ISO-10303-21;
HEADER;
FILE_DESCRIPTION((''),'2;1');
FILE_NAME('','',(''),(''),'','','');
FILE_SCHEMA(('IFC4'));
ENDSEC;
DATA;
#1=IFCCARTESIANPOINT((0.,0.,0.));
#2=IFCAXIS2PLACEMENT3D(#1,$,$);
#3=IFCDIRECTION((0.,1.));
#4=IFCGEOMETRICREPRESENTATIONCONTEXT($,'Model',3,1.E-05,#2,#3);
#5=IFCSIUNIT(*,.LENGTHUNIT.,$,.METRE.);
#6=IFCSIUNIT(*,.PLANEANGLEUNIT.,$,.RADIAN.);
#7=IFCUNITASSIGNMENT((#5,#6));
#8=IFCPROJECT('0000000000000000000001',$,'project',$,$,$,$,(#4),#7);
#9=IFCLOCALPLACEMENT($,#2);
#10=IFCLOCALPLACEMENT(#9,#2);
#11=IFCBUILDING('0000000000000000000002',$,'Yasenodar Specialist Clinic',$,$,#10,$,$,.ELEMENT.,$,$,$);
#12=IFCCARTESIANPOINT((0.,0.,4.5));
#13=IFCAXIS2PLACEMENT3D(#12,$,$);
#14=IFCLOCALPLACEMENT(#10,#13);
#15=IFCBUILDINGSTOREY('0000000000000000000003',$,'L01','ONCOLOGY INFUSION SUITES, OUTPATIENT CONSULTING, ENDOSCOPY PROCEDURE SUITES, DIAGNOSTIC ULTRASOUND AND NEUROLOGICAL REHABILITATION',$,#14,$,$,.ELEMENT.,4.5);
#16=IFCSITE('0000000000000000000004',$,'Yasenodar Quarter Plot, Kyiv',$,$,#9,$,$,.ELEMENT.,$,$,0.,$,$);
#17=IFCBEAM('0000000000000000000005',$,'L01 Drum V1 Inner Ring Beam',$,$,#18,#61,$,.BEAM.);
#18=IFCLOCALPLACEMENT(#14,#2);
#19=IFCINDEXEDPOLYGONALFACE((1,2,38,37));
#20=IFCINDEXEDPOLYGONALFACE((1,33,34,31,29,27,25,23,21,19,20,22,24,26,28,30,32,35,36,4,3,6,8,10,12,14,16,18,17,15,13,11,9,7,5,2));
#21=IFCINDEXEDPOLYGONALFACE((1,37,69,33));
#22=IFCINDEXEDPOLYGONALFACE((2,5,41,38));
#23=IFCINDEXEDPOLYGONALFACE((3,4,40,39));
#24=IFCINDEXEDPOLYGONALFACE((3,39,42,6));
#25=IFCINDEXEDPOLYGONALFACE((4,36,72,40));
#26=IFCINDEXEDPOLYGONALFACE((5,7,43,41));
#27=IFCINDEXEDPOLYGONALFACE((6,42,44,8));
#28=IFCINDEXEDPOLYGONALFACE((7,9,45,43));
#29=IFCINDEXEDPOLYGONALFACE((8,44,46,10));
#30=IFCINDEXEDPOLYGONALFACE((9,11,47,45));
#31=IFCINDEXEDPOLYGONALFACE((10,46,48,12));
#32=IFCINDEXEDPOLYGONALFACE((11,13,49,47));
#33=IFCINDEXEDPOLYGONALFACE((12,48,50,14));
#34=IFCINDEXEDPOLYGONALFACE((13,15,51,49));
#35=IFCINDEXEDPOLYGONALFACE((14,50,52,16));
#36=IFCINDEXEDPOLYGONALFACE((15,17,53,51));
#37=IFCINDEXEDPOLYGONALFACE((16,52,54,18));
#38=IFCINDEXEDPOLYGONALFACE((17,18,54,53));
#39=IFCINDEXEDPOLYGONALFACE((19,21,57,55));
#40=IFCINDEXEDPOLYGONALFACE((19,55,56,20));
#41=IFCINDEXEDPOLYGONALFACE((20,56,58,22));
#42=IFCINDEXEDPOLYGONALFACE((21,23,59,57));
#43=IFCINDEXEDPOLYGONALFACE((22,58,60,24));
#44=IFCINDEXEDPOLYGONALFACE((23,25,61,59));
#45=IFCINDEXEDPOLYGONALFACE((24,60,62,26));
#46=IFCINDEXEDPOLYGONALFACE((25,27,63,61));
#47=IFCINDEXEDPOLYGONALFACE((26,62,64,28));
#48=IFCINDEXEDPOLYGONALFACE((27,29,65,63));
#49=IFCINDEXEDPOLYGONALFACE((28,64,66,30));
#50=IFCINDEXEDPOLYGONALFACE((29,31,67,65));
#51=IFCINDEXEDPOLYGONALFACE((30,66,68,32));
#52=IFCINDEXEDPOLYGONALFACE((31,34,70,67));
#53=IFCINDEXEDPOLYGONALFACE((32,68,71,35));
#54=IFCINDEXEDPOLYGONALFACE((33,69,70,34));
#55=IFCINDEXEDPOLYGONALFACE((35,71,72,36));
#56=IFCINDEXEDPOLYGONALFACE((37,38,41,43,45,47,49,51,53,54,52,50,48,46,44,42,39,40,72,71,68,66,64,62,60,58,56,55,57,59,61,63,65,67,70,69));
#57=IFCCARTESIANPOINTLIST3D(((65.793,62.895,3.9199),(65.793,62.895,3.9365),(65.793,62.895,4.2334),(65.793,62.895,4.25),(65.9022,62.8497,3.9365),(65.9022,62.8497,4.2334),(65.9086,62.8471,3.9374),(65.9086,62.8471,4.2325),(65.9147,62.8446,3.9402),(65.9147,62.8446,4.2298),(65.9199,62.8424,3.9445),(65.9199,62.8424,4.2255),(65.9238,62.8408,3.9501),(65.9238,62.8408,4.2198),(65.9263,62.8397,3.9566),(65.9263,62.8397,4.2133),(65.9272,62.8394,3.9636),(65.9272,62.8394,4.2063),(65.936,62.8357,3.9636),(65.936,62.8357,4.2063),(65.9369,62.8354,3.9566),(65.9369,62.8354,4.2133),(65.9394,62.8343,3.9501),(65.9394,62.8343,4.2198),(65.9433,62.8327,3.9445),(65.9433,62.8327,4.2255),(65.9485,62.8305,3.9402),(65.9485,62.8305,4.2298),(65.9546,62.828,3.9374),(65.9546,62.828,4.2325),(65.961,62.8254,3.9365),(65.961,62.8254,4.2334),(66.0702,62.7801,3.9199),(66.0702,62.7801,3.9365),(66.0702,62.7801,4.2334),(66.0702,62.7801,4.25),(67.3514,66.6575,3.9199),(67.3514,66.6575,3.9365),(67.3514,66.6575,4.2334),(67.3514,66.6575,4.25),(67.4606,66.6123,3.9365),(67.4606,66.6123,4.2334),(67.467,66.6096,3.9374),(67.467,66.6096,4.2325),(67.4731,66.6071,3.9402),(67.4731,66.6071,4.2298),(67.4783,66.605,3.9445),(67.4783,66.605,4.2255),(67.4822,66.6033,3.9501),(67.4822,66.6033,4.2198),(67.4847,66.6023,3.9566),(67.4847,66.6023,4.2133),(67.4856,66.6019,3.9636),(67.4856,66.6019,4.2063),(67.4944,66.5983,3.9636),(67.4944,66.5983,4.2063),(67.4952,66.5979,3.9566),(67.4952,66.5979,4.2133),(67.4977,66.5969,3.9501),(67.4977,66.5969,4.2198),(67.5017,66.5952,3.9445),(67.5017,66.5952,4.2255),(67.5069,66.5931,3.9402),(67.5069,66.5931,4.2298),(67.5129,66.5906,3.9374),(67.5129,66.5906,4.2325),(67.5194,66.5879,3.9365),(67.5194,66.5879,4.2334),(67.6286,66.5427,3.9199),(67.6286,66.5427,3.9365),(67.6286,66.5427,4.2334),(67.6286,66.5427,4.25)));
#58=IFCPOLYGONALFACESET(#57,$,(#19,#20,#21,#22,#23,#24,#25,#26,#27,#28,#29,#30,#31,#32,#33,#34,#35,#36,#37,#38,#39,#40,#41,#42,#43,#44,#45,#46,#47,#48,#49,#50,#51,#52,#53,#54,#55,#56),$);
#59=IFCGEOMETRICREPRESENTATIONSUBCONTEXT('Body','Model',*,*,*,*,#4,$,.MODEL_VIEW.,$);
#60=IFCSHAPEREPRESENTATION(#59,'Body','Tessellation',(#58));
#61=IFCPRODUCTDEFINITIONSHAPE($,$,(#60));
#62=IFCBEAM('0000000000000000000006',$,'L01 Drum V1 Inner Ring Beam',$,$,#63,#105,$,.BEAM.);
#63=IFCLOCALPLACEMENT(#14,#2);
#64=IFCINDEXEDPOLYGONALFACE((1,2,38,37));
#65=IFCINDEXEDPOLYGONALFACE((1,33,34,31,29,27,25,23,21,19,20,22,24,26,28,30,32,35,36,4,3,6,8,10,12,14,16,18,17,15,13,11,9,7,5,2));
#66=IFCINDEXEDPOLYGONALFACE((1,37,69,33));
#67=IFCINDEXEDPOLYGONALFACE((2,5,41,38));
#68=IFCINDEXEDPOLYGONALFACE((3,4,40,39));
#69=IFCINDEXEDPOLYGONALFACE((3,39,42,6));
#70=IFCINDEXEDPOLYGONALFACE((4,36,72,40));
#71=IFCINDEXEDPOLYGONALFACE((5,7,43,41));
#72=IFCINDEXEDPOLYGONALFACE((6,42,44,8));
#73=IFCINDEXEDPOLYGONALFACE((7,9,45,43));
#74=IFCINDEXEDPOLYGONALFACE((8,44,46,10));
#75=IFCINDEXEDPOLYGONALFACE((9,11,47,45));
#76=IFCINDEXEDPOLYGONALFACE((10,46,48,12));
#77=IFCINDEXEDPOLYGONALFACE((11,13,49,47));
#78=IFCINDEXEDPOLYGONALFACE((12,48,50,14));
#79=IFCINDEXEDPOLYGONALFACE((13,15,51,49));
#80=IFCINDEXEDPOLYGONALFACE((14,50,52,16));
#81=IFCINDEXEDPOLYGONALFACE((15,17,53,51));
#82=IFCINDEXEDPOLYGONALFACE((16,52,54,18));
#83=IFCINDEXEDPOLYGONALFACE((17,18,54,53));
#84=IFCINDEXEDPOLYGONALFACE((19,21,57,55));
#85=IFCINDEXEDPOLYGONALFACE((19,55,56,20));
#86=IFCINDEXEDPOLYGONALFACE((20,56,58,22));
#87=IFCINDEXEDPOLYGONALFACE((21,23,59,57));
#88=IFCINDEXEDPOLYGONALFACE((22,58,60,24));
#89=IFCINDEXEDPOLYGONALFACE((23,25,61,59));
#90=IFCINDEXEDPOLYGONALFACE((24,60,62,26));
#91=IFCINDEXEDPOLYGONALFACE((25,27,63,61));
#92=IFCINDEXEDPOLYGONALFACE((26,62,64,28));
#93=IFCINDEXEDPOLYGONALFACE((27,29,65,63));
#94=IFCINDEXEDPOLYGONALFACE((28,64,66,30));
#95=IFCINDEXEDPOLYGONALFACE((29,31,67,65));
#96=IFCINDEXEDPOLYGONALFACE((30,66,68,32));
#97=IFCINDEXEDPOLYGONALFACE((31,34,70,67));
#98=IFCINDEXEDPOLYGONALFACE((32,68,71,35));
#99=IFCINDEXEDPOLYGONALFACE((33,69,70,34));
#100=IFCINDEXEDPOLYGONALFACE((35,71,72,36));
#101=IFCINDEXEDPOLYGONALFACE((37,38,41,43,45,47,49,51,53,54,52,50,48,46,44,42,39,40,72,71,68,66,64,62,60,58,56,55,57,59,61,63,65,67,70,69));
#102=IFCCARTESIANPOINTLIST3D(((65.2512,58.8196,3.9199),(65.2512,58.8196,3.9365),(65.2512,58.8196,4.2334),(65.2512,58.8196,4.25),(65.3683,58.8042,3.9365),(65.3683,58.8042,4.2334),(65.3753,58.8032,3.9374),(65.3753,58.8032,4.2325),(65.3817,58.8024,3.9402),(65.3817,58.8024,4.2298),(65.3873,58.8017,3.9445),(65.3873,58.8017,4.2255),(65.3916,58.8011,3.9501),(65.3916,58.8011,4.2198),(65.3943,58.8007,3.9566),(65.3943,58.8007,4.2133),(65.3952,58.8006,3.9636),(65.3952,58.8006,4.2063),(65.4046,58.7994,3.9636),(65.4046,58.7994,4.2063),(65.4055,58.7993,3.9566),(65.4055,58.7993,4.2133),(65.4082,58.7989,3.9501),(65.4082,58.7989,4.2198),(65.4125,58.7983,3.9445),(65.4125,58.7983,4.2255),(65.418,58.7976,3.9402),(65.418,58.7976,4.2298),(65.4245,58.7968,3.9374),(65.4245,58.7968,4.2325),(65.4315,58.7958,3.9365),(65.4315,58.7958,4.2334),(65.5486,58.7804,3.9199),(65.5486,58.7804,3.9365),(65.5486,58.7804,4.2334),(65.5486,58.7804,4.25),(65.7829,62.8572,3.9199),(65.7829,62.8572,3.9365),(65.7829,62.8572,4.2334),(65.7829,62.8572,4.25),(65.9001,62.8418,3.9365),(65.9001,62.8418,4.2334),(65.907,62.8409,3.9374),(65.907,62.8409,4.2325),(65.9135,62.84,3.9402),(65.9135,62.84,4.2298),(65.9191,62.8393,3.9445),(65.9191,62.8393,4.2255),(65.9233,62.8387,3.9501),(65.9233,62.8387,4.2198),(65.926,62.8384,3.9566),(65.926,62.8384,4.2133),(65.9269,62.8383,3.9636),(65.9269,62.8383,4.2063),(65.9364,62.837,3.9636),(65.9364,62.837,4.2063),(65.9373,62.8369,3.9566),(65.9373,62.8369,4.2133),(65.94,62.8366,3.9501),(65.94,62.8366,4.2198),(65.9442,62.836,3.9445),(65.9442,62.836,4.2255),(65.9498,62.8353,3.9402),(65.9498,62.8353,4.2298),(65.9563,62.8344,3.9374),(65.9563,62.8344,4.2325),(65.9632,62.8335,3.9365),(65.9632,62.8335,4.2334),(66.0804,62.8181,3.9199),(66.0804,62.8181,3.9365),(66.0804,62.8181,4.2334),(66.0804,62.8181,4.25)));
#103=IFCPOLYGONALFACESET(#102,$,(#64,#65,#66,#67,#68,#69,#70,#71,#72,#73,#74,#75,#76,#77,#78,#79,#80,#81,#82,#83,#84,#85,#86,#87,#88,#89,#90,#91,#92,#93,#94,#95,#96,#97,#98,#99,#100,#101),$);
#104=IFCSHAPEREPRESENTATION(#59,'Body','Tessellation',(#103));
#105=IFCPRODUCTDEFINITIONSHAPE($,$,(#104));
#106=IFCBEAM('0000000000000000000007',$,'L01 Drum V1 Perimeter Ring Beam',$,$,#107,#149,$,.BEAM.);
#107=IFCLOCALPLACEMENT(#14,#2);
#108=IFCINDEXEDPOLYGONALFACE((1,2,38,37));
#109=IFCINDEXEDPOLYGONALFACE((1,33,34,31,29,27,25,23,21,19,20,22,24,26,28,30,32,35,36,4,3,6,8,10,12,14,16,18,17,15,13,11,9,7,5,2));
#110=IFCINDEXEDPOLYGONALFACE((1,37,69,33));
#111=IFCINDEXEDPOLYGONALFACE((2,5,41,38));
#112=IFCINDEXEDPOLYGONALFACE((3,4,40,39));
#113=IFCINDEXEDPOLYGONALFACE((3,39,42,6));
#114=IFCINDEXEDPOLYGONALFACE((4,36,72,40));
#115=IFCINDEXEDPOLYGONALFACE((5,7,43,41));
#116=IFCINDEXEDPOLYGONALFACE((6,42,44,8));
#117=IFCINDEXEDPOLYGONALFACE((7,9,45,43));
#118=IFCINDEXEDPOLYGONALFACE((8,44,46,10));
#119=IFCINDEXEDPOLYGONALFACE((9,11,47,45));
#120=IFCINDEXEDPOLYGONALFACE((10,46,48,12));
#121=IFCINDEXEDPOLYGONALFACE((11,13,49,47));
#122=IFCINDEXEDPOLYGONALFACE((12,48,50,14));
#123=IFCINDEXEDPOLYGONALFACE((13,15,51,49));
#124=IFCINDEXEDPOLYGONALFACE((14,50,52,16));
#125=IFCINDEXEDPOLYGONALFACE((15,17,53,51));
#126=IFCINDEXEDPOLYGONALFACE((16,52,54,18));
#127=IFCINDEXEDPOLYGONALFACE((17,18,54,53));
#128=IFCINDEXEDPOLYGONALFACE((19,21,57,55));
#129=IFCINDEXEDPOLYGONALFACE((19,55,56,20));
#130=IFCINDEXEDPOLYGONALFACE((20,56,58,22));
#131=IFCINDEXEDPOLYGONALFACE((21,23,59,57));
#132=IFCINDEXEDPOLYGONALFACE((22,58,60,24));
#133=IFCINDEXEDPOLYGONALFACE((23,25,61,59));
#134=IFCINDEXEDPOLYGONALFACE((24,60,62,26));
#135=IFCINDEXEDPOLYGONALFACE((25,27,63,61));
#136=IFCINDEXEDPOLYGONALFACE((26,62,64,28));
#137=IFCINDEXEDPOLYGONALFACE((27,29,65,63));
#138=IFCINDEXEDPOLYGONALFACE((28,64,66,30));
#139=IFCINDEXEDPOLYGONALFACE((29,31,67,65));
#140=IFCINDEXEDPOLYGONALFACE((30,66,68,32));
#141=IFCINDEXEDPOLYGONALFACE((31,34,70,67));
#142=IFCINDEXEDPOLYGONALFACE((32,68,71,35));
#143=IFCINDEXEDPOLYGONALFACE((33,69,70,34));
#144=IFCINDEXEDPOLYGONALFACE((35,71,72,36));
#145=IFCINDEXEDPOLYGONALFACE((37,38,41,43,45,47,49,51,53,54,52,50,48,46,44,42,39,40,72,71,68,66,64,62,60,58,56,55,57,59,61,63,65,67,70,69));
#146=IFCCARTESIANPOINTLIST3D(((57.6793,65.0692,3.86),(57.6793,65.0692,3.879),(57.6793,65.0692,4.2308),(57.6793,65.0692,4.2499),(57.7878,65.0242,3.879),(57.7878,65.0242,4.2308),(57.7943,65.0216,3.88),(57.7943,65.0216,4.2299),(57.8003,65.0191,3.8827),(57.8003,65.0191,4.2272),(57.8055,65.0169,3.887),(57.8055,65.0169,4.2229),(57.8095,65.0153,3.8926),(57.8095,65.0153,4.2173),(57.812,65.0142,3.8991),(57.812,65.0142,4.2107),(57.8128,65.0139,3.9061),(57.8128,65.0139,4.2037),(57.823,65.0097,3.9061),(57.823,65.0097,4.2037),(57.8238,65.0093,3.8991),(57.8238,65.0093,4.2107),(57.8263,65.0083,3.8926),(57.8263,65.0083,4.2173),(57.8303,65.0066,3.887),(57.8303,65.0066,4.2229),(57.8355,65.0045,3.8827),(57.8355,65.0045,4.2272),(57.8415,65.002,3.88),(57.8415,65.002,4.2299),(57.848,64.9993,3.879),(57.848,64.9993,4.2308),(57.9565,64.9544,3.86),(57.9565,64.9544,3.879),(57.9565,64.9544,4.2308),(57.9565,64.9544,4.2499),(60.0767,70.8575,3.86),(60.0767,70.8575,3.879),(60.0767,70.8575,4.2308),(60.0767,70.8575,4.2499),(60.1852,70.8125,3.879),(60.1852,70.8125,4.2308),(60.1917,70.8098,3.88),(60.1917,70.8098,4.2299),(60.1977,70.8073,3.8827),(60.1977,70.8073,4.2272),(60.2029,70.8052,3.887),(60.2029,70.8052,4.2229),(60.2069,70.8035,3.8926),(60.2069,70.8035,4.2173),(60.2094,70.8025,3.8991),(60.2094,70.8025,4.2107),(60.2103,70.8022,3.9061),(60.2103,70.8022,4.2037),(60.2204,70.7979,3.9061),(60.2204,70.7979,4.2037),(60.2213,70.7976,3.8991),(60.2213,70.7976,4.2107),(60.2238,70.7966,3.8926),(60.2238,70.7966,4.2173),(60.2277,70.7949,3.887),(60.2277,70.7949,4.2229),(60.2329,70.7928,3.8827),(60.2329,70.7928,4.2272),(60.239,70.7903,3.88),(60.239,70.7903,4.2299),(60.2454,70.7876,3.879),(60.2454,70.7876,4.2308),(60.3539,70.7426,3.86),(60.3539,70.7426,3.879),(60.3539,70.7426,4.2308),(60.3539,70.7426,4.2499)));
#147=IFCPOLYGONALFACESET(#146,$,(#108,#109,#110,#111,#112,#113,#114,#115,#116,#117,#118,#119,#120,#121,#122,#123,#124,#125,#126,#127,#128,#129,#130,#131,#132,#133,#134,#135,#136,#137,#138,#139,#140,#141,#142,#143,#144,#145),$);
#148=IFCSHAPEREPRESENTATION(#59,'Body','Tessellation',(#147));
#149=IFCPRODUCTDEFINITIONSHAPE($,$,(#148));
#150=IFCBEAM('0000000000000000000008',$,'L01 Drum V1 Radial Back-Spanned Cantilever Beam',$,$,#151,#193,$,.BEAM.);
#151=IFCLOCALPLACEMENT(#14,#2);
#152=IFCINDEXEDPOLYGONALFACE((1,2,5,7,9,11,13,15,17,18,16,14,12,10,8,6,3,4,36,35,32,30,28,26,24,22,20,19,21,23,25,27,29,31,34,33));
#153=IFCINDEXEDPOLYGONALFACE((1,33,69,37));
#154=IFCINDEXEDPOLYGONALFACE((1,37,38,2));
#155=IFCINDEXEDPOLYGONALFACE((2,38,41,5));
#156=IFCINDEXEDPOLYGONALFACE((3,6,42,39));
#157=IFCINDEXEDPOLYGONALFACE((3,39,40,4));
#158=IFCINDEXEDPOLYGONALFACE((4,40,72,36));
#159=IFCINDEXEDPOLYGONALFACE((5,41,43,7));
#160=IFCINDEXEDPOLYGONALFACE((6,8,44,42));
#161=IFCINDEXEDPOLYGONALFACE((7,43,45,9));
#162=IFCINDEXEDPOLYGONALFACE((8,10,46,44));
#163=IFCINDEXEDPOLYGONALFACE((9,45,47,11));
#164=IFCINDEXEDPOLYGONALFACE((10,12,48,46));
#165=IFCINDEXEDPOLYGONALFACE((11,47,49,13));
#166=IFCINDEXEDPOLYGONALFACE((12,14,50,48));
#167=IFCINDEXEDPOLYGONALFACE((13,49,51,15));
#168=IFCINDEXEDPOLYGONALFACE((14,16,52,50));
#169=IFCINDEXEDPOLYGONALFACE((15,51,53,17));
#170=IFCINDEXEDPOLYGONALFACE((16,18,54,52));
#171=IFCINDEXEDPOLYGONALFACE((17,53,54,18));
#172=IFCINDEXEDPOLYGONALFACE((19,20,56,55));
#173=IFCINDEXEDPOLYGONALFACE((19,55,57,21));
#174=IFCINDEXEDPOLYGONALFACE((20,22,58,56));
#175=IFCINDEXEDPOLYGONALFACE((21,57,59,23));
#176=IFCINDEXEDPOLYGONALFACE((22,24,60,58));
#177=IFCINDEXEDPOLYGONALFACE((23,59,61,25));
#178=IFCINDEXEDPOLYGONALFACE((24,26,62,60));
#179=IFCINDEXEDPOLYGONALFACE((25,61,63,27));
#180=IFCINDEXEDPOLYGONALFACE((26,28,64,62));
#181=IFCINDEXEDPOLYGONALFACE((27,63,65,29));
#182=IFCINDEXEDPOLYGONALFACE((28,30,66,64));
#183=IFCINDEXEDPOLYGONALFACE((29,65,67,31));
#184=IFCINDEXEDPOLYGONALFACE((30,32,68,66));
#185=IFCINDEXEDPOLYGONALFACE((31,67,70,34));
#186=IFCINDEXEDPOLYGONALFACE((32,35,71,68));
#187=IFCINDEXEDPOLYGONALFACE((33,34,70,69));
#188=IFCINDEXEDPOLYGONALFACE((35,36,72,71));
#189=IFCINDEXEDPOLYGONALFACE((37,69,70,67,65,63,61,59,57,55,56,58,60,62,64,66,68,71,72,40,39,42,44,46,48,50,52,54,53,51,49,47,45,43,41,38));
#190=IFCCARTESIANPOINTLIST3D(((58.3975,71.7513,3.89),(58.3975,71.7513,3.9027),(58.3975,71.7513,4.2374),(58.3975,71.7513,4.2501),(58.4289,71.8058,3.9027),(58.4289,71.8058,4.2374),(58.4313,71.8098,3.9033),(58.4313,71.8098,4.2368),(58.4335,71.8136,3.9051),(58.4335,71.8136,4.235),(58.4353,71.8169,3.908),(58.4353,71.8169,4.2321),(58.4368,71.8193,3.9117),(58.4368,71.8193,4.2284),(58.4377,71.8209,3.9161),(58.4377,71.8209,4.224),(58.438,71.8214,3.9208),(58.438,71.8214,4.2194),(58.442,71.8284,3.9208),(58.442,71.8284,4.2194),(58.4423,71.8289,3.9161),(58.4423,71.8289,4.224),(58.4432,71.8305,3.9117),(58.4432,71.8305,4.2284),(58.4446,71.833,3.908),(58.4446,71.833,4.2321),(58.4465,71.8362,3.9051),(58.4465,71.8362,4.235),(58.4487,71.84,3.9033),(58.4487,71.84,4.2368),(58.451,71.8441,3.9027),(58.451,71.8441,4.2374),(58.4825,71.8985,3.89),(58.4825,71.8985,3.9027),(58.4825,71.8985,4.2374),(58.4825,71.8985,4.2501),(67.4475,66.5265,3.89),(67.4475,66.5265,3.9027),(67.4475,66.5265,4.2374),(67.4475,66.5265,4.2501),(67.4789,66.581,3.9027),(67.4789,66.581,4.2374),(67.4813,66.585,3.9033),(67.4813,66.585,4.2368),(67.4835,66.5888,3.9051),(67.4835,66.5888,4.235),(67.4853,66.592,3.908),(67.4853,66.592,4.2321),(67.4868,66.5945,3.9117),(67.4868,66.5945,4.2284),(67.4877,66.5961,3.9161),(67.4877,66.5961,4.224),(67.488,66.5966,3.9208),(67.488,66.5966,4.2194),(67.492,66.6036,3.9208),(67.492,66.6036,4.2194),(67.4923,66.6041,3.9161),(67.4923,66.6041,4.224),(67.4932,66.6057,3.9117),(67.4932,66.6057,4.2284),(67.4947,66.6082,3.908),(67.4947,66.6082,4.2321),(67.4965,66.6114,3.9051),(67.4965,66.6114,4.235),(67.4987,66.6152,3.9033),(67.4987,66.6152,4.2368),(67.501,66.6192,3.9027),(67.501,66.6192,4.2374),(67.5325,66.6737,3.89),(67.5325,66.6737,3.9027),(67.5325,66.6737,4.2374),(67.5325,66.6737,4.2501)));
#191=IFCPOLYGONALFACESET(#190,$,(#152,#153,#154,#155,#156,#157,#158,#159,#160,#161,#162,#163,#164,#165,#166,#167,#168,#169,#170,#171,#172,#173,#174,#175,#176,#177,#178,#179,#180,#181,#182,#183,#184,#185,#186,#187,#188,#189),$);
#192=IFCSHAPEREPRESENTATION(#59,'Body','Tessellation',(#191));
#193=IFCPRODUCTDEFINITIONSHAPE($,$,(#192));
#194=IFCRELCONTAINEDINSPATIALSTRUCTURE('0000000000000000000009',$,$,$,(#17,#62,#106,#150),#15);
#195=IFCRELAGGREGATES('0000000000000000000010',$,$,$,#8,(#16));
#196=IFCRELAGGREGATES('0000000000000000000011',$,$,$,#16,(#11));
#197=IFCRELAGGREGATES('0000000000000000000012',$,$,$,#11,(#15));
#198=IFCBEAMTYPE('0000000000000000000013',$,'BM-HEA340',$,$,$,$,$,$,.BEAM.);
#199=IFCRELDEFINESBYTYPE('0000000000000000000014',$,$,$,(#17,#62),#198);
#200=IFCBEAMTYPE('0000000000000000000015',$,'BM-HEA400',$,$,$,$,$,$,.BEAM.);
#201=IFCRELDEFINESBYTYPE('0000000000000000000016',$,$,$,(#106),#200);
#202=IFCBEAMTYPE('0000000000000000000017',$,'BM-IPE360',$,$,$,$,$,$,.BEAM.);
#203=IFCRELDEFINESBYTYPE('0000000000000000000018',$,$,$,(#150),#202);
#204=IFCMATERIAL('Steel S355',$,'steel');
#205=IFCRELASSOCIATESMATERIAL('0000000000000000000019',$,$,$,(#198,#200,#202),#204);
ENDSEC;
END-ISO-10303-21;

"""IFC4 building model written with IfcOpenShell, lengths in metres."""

from ifc_helpers import new_model, si_unit, direction, frame, origin, origin_2d, place, context, subcontext, project, spatial, i_section, extrude, material, material_profile, profile_set, type_object, element, save


model = new_model("IFC4")

# Units and contexts
model_context = context("Model", 3, precision=1e-05, world=origin(), true_north=direction((0.0, 1.0)))
body_context = subcontext(model_context, "Body", "Model", "MODEL_VIEW")
ifc_project = project(units=[si_unit("LENGTHUNIT", "METRE"), si_unit("PLANEANGLEUNIT", "RADIAN")], contexts=[model_context])

# Site, building, storey
site_placement = place(None, origin())
site = spatial("IfcSite", under=ifc_project, at=site_placement, Name="Yasenodar Quarter Plot, Kyiv", CompositionType="ELEMENT", RefElevation=0.0)
building_placement = place(site_placement, origin())
building = spatial("IfcBuilding", under=site, at=building_placement, Name="Yasenodar Specialist Clinic", CompositionType="ELEMENT")
storey_placement = place(building_placement, frame((0.0, 0.0, 4.5)))
storey = spatial("IfcBuildingStorey", under=building, at=storey_placement, Name="L01", Description="ONCOLOGY INFUSION SUITES, OUTPATIENT CONSULTING, ENDOSCOPY PROCEDURE SUITES, DIAGNOSTIC ULTRASOUND AND NEUROLOGICAL REHABILITATION", CompositionType="ELEMENT", Elevation=4.5)

# Shared definitions
ifc_material_1 = material(Name="Steel S355", Category="steel")

# Beams
ifc_material_profile_1 = material_profile(ifc_material_1, i_section(OverallWidth=0.3, OverallDepth=0.3301, WebThickness=0.0095, FlangeThickness=0.0166, FilletRadius=0.0271, at=origin_2d()), Name="HEA 340")
ifc_profile_set_1 = profile_set([ifc_material_profile_1], Name="Steel S355")
beam_type_1 = type_object("IfcBeamType", Name="BM-HEA340", PredefinedType="BEAM", material=ifc_profile_set_1)
for number, where, z_axis, x_axis, name in (
    (1, (67.49, 66.6001, 4.085), (-0.382661, -0.923889, 0.0), (0.923889, -0.382661, 0.0), "L01 Drum V1 Inner Ring Beam"),
    (2, (65.9316, 62.8376, 4.085), (-0.130569, -0.991439, 0.0), (0.991439, -0.130569, 0.0), "L01 Drum V1 Inner Ring Beam"),
):
    element("IfcBeam", number, at=place(storey_placement, frame(where, z_axis=z_axis, x_axis=x_axis)), inside=storey, type_object=beam_type_1, Name=name, PredefinedType="BEAM", context=body_context, shape_type="SweptSolid", body=[
        extrude(i_section(OverallWidth=0.3, OverallDepth=0.3301, WebThickness=0.0095, FlangeThickness=0.0166, FilletRadius=0.0271, at=origin_2d()), origin(), (0.0, 0.0, 1.0), 4.0725),
    ])
ifc_material_profile_2 = material_profile(ifc_material_1, i_section(OverallWidth=0.3, OverallDepth=0.3899, WebThickness=0.011, FlangeThickness=0.019, FilletRadius=0.0271, at=origin_2d()), Name="HEA 400")
ifc_profile_set_2 = profile_set([ifc_material_profile_2], Name="Steel S355")
beam_type_2 = type_object("IfcBeamType", Name="BM-HEA400", PredefinedType="BEAM", material=ifc_profile_set_2)
beam_1_placement = place(storey_placement, frame((60.2153, 70.8, 4.0549), z_axis=(-0.382664, -0.923888, 0.0), x_axis=(0.923888, -0.382664, 0.0)))
element("IfcBeam", 3, at=beam_1_placement, inside=storey, type_object=beam_type_2, Name="L01 Drum V1 Perimeter Ring Beam", PredefinedType="BEAM", context=body_context, shape_type="SweptSolid", body=[
    extrude(i_section(OverallWidth=0.3, OverallDepth=0.3899, WebThickness=0.011, FlangeThickness=0.019, FilletRadius=0.0271, at=origin_2d()), origin(), (0.0, 0.0, 1.0), 6.2651),
])
ifc_material_profile_3 = material_profile(ifc_material_1, i_section(OverallWidth=0.1699, OverallDepth=0.3601, WebThickness=0.0081, FlangeThickness=0.0127, FilletRadius=0.0181, at=origin_2d()), Name="IPE 360")
ifc_profile_set_3 = profile_set([ifc_material_profile_3], Name="Steel S355")
beam_type_3 = type_object("IfcBeamType", Name="BM-IPE360", PredefinedType="BEAM", material=ifc_profile_set_3)
beam_2_placement = place(storey_placement, frame((67.49, 66.6001, 4.0701), z_axis=(-0.866033, 0.499986, 0.0), x_axis=(-0.499986, -0.866033, 0.0)))
element("IfcBeam", 4, at=beam_2_placement, inside=storey, type_object=beam_type_3, Name="L01 Drum V1 Radial Back-Spanned Cantilever Beam", PredefinedType="BEAM", context=body_context, shape_type="SweptSolid", body=[
    extrude(i_section(OverallWidth=0.1699, OverallDepth=0.3601, WebThickness=0.0081, FlangeThickness=0.0127, FilletRadius=0.0181, at=origin_2d()), origin(), (0.0, 0.0, 1.0), 10.45),
])

save(model, "model.ifc")
